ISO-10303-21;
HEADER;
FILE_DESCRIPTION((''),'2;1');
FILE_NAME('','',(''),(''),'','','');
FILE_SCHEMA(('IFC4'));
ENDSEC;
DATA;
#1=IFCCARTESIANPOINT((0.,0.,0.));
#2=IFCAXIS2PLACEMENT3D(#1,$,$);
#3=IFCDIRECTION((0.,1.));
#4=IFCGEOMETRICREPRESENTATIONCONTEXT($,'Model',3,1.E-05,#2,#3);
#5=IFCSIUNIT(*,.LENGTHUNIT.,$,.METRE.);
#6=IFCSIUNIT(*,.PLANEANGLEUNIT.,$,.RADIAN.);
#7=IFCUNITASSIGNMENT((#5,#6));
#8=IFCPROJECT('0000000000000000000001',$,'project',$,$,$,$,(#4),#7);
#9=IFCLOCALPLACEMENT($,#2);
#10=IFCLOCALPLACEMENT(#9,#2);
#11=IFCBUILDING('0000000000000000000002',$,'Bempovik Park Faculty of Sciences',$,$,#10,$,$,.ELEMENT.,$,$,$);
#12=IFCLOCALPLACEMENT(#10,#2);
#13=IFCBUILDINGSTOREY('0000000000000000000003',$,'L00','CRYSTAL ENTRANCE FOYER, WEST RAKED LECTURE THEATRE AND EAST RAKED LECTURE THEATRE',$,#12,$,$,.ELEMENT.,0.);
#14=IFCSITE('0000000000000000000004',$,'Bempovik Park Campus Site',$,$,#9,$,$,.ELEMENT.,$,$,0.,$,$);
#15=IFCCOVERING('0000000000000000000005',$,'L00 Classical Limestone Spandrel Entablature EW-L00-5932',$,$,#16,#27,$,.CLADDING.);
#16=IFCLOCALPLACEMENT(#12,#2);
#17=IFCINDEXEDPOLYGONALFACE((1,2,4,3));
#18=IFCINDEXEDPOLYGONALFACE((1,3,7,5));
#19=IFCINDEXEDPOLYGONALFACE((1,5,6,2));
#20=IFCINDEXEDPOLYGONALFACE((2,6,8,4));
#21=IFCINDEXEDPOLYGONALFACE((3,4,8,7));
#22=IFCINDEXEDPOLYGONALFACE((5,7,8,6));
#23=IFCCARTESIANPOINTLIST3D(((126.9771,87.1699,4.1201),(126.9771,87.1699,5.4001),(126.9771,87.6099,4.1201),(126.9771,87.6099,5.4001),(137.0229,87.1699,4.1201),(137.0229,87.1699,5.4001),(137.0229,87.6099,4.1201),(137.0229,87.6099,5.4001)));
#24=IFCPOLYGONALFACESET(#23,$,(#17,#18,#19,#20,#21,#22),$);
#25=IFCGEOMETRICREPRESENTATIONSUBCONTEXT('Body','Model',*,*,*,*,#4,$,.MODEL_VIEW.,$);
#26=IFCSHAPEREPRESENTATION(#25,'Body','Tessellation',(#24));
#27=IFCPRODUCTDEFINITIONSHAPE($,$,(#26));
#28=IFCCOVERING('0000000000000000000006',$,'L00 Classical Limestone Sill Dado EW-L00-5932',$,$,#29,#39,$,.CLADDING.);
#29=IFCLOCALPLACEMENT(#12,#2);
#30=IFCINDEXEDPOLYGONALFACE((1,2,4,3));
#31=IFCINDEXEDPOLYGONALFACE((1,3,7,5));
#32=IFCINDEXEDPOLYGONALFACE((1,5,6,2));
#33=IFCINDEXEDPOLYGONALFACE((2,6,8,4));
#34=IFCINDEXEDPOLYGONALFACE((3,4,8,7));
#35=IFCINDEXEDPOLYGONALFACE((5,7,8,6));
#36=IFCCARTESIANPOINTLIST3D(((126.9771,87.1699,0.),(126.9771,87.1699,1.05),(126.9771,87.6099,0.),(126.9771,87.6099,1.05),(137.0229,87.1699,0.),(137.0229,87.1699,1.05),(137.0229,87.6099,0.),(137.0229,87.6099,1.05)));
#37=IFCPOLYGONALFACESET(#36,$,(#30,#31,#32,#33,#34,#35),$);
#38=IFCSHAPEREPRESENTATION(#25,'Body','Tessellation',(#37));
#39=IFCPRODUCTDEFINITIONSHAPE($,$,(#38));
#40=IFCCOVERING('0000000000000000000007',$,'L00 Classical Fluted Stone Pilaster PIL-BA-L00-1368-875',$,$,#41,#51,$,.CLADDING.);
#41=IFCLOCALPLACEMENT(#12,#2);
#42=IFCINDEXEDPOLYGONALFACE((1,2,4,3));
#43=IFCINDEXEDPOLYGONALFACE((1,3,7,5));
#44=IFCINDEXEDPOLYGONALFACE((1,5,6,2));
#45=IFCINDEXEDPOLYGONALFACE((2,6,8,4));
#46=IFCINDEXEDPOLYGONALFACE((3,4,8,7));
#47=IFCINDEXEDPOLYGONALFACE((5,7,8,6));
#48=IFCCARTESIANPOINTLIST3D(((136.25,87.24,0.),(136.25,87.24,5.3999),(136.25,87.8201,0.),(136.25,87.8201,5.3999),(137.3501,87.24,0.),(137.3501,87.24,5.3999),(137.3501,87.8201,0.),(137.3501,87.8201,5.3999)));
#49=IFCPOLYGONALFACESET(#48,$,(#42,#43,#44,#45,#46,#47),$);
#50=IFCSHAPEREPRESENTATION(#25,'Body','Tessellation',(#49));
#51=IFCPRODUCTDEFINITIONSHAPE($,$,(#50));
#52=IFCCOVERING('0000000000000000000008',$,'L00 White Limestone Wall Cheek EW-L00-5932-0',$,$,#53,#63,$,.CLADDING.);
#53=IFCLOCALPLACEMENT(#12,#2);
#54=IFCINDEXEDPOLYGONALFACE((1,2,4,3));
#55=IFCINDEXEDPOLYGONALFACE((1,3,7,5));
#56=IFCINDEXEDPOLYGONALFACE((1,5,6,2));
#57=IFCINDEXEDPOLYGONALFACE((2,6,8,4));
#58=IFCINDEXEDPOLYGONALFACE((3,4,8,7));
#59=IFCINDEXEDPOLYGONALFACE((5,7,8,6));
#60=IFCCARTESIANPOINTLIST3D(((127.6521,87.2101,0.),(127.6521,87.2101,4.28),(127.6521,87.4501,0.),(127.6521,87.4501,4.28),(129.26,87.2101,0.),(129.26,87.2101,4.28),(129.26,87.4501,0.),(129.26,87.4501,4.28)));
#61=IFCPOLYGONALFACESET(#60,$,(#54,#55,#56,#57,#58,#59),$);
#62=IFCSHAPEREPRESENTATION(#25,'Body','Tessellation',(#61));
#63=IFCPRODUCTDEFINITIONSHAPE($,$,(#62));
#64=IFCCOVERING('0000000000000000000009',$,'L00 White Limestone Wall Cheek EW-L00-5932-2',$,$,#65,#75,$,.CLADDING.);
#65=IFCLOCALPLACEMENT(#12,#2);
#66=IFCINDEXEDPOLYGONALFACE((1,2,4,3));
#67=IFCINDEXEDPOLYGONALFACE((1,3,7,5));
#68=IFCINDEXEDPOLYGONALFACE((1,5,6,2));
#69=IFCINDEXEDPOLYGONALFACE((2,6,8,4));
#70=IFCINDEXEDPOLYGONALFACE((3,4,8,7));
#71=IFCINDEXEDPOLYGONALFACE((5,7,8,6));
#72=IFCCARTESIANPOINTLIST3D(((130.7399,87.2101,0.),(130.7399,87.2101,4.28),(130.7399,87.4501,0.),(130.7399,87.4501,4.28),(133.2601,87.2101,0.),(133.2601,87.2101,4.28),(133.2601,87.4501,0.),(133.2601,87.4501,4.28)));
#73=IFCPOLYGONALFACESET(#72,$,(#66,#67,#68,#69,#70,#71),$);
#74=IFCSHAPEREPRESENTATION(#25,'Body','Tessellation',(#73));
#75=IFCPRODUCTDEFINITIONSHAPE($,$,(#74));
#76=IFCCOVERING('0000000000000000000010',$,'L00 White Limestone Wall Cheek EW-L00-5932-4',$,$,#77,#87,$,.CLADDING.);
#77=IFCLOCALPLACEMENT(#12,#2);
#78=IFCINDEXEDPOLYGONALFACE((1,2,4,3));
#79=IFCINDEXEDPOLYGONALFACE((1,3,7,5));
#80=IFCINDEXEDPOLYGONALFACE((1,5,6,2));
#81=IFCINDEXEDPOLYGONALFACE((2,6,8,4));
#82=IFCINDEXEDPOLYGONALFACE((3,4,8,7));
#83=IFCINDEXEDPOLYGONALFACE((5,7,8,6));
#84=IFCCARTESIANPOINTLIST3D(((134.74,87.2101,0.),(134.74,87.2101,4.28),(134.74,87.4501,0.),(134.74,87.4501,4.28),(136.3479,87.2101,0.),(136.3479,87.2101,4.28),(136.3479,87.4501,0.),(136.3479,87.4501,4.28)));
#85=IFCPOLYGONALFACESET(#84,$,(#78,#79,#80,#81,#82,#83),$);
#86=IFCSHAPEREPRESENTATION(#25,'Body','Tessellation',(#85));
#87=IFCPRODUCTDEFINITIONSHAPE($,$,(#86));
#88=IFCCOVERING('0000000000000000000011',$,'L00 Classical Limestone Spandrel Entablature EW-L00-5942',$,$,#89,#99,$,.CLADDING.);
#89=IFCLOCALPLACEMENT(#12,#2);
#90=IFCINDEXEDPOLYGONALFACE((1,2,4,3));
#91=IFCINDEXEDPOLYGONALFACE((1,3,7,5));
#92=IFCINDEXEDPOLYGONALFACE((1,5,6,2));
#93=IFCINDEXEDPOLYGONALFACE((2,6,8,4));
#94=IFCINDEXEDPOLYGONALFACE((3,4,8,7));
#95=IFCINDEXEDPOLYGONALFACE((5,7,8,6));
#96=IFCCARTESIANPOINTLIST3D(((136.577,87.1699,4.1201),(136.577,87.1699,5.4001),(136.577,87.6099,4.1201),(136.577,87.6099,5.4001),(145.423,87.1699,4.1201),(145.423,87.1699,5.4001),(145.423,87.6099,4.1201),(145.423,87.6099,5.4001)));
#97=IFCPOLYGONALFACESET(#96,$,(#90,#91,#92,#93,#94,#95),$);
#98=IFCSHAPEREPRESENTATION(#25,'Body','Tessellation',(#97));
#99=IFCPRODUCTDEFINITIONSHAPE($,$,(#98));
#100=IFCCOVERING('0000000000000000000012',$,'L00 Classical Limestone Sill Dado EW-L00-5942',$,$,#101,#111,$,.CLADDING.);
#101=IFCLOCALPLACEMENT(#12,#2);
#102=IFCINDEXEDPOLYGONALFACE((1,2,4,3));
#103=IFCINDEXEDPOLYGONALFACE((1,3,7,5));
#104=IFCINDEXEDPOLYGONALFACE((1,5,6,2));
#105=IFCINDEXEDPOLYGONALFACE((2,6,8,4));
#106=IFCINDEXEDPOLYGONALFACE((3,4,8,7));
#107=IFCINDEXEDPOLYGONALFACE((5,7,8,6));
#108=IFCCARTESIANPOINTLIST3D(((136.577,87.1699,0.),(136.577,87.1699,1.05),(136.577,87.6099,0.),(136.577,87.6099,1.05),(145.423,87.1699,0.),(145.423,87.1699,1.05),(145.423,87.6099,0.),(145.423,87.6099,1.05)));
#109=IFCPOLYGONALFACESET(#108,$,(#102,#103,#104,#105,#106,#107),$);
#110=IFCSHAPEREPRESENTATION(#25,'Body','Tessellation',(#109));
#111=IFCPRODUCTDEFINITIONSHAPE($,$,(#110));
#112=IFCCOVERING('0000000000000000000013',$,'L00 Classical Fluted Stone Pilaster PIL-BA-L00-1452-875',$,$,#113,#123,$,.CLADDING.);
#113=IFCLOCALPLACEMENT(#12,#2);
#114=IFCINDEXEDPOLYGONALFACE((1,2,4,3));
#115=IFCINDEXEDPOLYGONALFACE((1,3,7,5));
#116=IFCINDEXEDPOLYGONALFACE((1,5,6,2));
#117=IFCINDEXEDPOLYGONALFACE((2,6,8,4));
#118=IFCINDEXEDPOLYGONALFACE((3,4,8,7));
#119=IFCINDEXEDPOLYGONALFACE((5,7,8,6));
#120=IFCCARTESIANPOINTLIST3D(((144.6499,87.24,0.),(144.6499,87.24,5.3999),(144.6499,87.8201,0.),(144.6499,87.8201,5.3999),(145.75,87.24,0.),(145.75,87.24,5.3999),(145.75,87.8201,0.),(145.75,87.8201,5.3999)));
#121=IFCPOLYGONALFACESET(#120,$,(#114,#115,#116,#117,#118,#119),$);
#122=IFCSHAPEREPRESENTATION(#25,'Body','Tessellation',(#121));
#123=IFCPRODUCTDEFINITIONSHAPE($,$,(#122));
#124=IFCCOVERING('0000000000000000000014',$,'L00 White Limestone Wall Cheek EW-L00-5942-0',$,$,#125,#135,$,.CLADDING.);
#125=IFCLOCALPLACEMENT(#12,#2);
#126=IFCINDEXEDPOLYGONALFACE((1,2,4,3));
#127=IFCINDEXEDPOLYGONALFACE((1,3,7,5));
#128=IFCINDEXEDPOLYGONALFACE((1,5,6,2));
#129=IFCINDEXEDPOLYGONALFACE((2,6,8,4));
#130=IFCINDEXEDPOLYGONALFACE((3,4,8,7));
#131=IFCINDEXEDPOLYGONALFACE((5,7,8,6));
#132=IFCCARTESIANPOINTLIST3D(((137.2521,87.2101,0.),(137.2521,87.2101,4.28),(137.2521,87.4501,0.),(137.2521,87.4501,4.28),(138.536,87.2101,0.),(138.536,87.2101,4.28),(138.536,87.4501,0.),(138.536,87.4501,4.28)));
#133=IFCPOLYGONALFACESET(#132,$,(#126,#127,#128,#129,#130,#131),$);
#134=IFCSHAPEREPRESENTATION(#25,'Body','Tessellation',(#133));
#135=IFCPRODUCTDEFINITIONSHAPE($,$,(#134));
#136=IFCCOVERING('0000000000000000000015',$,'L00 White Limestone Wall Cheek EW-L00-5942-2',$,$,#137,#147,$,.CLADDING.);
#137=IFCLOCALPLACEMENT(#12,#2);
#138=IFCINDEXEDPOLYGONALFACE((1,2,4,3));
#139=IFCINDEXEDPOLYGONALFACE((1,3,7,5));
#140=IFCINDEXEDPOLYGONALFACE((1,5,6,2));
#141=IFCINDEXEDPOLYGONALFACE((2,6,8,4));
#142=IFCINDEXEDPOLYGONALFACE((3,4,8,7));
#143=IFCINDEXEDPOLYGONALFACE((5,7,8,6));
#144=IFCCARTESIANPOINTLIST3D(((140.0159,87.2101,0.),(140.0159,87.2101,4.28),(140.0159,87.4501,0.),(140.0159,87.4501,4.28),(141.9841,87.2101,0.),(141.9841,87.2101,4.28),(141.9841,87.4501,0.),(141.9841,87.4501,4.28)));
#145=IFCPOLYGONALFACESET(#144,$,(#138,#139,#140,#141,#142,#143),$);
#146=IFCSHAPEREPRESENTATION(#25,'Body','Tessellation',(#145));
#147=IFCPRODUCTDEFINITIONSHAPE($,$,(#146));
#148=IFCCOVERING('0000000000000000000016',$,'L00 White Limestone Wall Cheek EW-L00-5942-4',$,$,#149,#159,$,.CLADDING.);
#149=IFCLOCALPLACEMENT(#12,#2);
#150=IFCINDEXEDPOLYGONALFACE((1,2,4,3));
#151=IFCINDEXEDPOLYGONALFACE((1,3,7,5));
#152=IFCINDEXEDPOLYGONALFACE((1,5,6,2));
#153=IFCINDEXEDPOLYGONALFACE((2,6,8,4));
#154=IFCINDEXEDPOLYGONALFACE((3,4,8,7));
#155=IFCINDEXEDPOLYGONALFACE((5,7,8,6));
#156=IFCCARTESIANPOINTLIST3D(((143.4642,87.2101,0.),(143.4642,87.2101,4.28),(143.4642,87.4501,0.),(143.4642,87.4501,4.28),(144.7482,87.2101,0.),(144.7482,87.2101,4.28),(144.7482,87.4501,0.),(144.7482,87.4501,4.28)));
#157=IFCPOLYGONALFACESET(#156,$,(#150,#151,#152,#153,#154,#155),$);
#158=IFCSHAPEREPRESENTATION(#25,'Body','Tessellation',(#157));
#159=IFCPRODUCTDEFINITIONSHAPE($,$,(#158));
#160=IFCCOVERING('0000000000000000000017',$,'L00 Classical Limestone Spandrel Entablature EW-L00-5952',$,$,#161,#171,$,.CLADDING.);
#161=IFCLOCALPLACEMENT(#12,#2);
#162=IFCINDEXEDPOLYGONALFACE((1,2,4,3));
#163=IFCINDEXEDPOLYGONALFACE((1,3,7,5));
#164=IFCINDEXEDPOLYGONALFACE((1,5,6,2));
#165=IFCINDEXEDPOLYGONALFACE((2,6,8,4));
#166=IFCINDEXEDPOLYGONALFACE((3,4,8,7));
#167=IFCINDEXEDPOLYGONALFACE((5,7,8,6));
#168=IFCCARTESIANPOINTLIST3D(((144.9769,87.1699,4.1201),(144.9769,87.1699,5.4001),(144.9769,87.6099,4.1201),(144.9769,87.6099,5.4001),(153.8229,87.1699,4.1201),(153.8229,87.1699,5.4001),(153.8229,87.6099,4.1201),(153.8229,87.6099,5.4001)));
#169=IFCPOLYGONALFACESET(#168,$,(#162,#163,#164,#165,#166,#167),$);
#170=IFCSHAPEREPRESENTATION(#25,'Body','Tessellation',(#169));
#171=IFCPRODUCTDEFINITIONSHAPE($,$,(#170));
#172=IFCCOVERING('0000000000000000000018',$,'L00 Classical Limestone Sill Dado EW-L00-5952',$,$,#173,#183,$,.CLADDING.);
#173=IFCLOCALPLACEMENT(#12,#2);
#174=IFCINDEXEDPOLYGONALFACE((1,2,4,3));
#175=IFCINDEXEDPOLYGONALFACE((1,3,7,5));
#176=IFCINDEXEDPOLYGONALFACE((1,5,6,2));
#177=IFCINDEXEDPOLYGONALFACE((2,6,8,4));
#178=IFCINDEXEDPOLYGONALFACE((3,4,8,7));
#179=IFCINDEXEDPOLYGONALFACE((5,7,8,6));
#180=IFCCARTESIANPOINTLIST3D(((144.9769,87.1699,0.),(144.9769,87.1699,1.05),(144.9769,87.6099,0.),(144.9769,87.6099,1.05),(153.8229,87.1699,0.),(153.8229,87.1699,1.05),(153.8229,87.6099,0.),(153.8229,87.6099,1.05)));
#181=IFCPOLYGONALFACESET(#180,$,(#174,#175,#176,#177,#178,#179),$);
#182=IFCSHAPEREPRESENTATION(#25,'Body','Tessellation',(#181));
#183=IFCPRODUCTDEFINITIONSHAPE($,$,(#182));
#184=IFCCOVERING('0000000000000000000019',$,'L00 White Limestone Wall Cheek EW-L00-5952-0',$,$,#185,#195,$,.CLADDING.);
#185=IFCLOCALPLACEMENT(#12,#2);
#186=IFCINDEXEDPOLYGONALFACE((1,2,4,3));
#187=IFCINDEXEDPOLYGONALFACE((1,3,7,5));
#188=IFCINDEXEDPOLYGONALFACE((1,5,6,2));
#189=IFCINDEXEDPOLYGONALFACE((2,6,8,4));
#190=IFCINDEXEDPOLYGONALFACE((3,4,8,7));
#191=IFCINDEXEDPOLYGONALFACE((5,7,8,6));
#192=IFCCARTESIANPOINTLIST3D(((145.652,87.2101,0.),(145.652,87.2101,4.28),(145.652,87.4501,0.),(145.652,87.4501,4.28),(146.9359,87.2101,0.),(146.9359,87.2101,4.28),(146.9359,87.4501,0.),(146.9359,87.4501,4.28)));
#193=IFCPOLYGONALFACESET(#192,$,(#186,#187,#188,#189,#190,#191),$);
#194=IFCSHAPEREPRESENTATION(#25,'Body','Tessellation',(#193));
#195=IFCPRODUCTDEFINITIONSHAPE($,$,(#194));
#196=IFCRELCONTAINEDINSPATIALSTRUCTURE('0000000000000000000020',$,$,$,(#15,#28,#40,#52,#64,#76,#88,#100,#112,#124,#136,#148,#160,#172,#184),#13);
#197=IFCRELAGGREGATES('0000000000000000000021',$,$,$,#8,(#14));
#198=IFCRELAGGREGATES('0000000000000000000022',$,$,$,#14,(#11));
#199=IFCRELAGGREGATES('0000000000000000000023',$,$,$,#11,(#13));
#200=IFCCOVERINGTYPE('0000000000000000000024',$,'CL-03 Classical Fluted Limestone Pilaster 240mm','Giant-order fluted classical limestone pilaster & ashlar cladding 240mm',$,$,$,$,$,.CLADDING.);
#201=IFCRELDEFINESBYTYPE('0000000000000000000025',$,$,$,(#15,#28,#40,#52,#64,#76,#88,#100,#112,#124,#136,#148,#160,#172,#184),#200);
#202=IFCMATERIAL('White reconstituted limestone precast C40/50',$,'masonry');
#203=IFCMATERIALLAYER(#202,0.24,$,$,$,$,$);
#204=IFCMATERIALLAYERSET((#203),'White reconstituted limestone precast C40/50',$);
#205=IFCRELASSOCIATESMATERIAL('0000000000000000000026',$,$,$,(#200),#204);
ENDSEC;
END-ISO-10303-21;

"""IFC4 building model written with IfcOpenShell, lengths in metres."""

from ifc_helpers import new_model, si_unit, direction, frame, origin, origin_2d, place, context, subcontext, project, spatial, rectangle, extrude, material, layer, layer_set, type_object, element, save


model = new_model("IFC4")

# Units and contexts
model_context = context("Model", 3, precision=1e-05, world=origin(), true_north=direction((0.0, 1.0)))
body_context = subcontext(model_context, "Body", "Model", "MODEL_VIEW")
ifc_project = project(units=[si_unit("LENGTHUNIT", "METRE"), si_unit("PLANEANGLEUNIT", "RADIAN")], contexts=[model_context])

# Site, building, storey
site_placement = place(None, origin())
site = spatial("IfcSite", under=ifc_project, at=site_placement, Name="Bempovik Park Campus Site", CompositionType="ELEMENT", RefElevation=0.0)
building_placement = place(site_placement, origin())
building = spatial("IfcBuilding", under=site, at=building_placement, Name="Bempovik Park Faculty of Sciences", CompositionType="ELEMENT")
storey_placement = place(building_placement, origin())
storey = spatial("IfcBuildingStorey", under=building, at=storey_placement, Name="L00", Description="CRYSTAL ENTRANCE FOYER, WEST RAKED LECTURE THEATRE AND EAST RAKED LECTURE THEATRE", CompositionType="ELEMENT", Elevation=0.0)

# Coverings
ifc_material_1 = material(Name="White reconstituted limestone precast C40/50", Category="masonry")
ifc_layer_1 = layer(ifc_material_1, 0.24)
ifc_layer_set_1 = layer_set([ifc_layer_1], Name="White reconstituted limestone precast C40/50")
covering_type_1 = type_object("IfcCoveringType", Name="CL-03 Classical Fluted Limestone Pilaster 240mm", Description="Giant-order fluted classical limestone pilaster & ashlar cladding 240mm", PredefinedType="CLADDING", material=ifc_layer_set_1)
covering_1_placement = place(storey_placement, frame((132.0, 87.3899, 4.1201), z_axis=(0.0, 0.0, 1.0), x_axis=(1.0, 0.0, 0.0)))
element("IfcCovering", 1, at=covering_1_placement, inside=storey, type_object=covering_type_1, Name="L00 Classical Limestone Spandrel Entablature EW-L00-5932", PredefinedType="CLADDING", context=body_context, shape_type="SweptSolid", body=[
    extrude(rectangle(XDim=10.0459, YDim=0.4399, at=origin_2d()), origin(), (0.0, 0.0, 1.0), 1.28),
])
covering_2_placement = place(storey_placement, frame((132.0, 87.3899, 0.0), z_axis=(0.0, 0.0, 1.0), x_axis=(1.0, 0.0, 0.0)))
element("IfcCovering", 2, at=covering_2_placement, inside=storey, type_object=covering_type_1, Name="L00 Classical Limestone Sill Dado EW-L00-5932", PredefinedType="CLADDING", context=body_context, shape_type="SweptSolid", body=[
    extrude(rectangle(XDim=10.0459, YDim=0.4399, at=origin_2d()), origin(), (0.0, 0.0, 1.0), 1.05),
])
covering_3_placement = place(storey_placement, frame((136.8, 87.53, 0.0), z_axis=(0.0, 0.0, 1.0), x_axis=(1.0, 0.0, 0.0)))
element("IfcCovering", 3, at=covering_3_placement, inside=storey, type_object=covering_type_1, Name="L00 Classical Fluted Stone Pilaster PIL-BA-L00-1368-875", PredefinedType="CLADDING", context=body_context, shape_type="SweptSolid", body=[
    extrude(rectangle(XDim=1.1001, YDim=0.5801, at=origin_2d()), origin(), (0.0, 0.0, 1.0), 5.3999),
])
covering_4_placement = place(storey_placement, frame((128.4561, 87.3301, 0.0), z_axis=(0.0, 0.0, 1.0), x_axis=(1.0, 0.0, 0.0)))
element("IfcCovering", 4, at=covering_4_placement, inside=storey, type_object=covering_type_1, Name="L00 White Limestone Wall Cheek EW-L00-5932-0", PredefinedType="CLADDING", context=body_context, shape_type="SweptSolid", body=[
    extrude(rectangle(XDim=1.6079, YDim=0.24, at=origin_2d()), origin(), (0.0, 0.0, 1.0), 4.28),
])
covering_5_placement = place(storey_placement, frame((132.0, 87.3301, 0.0), z_axis=(0.0, 0.0, 1.0), x_axis=(1.0, 0.0, 0.0)))
element("IfcCovering", 5, at=covering_5_placement, inside=storey, type_object=covering_type_1, Name="L00 White Limestone Wall Cheek EW-L00-5932-2", PredefinedType="CLADDING", context=body_context, shape_type="SweptSolid", body=[
    extrude(rectangle(XDim=2.5203, YDim=0.24, at=origin_2d()), origin(), (0.0, 0.0, 1.0), 4.28),
])
covering_6_placement = place(storey_placement, frame((135.5439, 87.3301, 0.0), z_axis=(0.0, 0.0, 1.0), x_axis=(1.0, 0.0, 0.0)))
element("IfcCovering", 6, at=covering_6_placement, inside=storey, type_object=covering_type_1, Name="L00 White Limestone Wall Cheek EW-L00-5932-4", PredefinedType="CLADDING", context=body_context, shape_type="SweptSolid", body=[
    extrude(rectangle(XDim=1.6079, YDim=0.24, at=origin_2d()), origin(), (0.0, 0.0, 1.0), 4.28),
])
covering_7_placement = place(storey_placement, frame((141.0, 87.3899, 4.1201), z_axis=(0.0, 0.0, 1.0), x_axis=(1.0, 0.0, 0.0)))
element("IfcCovering", 7, at=covering_7_placement, inside=storey, type_object=covering_type_1, Name="L00 Classical Limestone Spandrel Entablature EW-L00-5942", PredefinedType="CLADDING", context=body_context, shape_type="SweptSolid", body=[
    extrude(rectangle(XDim=8.8459, YDim=0.4399, at=origin_2d()), origin(), (0.0, 0.0, 1.0), 1.28),
])
covering_8_placement = place(storey_placement, frame((141.0, 87.3899, 0.0), z_axis=(0.0, 0.0, 1.0), x_axis=(1.0, 0.0, 0.0)))
element("IfcCovering", 8, at=covering_8_placement, inside=storey, type_object=covering_type_1, Name="L00 Classical Limestone Sill Dado EW-L00-5942", PredefinedType="CLADDING", context=body_context, shape_type="SweptSolid", body=[
    extrude(rectangle(XDim=8.8459, YDim=0.4399, at=origin_2d()), origin(), (0.0, 0.0, 1.0), 1.05),
])
covering_9_placement = place(storey_placement, frame((145.2, 87.53, 0.0), z_axis=(0.0, 0.0, 1.0), x_axis=(1.0, 0.0, 0.0)))
element("IfcCovering", 9, at=covering_9_placement, inside=storey, type_object=covering_type_1, Name="L00 Classical Fluted Stone Pilaster PIL-BA-L00-1452-875", PredefinedType="CLADDING", context=body_context, shape_type="SweptSolid", body=[
    extrude(rectangle(XDim=1.1001, YDim=0.5801, at=origin_2d()), origin(), (0.0, 0.0, 1.0), 5.3999),
])
covering_10_placement = place(storey_placement, frame((137.894, 87.3301, 0.0), z_axis=(0.0, 0.0, 1.0), x_axis=(1.0, 0.0, 0.0)))
element("IfcCovering", 10, at=covering_10_placement, inside=storey, type_object=covering_type_1, Name="L00 White Limestone Wall Cheek EW-L00-5942-0", PredefinedType="CLADDING", context=body_context, shape_type="SweptSolid", body=[
    extrude(rectangle(XDim=1.2839, YDim=0.24, at=origin_2d()), origin(), (0.0, 0.0, 1.0), 4.28),
])
covering_11_placement = place(storey_placement, frame((141.0, 87.3301, 0.0), z_axis=(0.0, 0.0, 1.0), x_axis=(1.0, 0.0, 0.0)))
element("IfcCovering", 11, at=covering_11_placement, inside=storey, type_object=covering_type_1, Name="L00 White Limestone Wall Cheek EW-L00-5942-2", PredefinedType="CLADDING", context=body_context, shape_type="SweptSolid", body=[
    extrude(rectangle(XDim=1.9683, YDim=0.24, at=origin_2d()), origin(), (0.0, 0.0, 1.0), 4.28),
])
covering_12_placement = place(storey_placement, frame((144.1062, 87.3301, 0.0), z_axis=(0.0, 0.0, 1.0), x_axis=(1.0, 0.0, 0.0)))
element("IfcCovering", 12, at=covering_12_placement, inside=storey, type_object=covering_type_1, Name="L00 White Limestone Wall Cheek EW-L00-5942-4", PredefinedType="CLADDING", context=body_context, shape_type="SweptSolid", body=[
    extrude(rectangle(XDim=1.2839, YDim=0.24, at=origin_2d()), origin(), (0.0, 0.0, 1.0), 4.28),
])
covering_13_placement = place(storey_placement, frame((149.3999, 87.3899, 4.1201), z_axis=(0.0, 0.0, 1.0), x_axis=(1.0, 0.0, 0.0)))
element("IfcCovering", 13, at=covering_13_placement, inside=storey, type_object=covering_type_1, Name="L00 Classical Limestone Spandrel Entablature EW-L00-5952", PredefinedType="CLADDING", context=body_context, shape_type="SweptSolid", body=[
    extrude(rectangle(XDim=8.8459, YDim=0.4399, at=origin_2d()), origin(), (0.0, 0.0, 1.0), 1.28),
])
covering_14_placement = place(storey_placement, frame((149.3999, 87.3899, 0.0), z_axis=(0.0, 0.0, 1.0), x_axis=(1.0, 0.0, 0.0)))
element("IfcCovering", 14, at=covering_14_placement, inside=storey, type_object=covering_type_1, Name="L00 Classical Limestone Sill Dado EW-L00-5952", PredefinedType="CLADDING", context=body_context, shape_type="SweptSolid", body=[
    extrude(rectangle(XDim=8.8459, YDim=0.4399, at=origin_2d()), origin(), (0.0, 0.0, 1.0), 1.05),
])
covering_15_placement = place(storey_placement, frame((146.2939, 87.3301, 0.0), z_axis=(0.0, 0.0, 1.0), x_axis=(1.0, 0.0, 0.0)))
element("IfcCovering", 15, at=covering_15_placement, inside=storey, type_object=covering_type_1, Name="L00 White Limestone Wall Cheek EW-L00-5952-0", PredefinedType="CLADDING", context=body_context, shape_type="SweptSolid", body=[
    extrude(rectangle(XDim=1.2839, YDim=0.24, at=origin_2d()), origin(), (0.0, 0.0, 1.0), 4.28),
])

save(model, "model.ifc")
